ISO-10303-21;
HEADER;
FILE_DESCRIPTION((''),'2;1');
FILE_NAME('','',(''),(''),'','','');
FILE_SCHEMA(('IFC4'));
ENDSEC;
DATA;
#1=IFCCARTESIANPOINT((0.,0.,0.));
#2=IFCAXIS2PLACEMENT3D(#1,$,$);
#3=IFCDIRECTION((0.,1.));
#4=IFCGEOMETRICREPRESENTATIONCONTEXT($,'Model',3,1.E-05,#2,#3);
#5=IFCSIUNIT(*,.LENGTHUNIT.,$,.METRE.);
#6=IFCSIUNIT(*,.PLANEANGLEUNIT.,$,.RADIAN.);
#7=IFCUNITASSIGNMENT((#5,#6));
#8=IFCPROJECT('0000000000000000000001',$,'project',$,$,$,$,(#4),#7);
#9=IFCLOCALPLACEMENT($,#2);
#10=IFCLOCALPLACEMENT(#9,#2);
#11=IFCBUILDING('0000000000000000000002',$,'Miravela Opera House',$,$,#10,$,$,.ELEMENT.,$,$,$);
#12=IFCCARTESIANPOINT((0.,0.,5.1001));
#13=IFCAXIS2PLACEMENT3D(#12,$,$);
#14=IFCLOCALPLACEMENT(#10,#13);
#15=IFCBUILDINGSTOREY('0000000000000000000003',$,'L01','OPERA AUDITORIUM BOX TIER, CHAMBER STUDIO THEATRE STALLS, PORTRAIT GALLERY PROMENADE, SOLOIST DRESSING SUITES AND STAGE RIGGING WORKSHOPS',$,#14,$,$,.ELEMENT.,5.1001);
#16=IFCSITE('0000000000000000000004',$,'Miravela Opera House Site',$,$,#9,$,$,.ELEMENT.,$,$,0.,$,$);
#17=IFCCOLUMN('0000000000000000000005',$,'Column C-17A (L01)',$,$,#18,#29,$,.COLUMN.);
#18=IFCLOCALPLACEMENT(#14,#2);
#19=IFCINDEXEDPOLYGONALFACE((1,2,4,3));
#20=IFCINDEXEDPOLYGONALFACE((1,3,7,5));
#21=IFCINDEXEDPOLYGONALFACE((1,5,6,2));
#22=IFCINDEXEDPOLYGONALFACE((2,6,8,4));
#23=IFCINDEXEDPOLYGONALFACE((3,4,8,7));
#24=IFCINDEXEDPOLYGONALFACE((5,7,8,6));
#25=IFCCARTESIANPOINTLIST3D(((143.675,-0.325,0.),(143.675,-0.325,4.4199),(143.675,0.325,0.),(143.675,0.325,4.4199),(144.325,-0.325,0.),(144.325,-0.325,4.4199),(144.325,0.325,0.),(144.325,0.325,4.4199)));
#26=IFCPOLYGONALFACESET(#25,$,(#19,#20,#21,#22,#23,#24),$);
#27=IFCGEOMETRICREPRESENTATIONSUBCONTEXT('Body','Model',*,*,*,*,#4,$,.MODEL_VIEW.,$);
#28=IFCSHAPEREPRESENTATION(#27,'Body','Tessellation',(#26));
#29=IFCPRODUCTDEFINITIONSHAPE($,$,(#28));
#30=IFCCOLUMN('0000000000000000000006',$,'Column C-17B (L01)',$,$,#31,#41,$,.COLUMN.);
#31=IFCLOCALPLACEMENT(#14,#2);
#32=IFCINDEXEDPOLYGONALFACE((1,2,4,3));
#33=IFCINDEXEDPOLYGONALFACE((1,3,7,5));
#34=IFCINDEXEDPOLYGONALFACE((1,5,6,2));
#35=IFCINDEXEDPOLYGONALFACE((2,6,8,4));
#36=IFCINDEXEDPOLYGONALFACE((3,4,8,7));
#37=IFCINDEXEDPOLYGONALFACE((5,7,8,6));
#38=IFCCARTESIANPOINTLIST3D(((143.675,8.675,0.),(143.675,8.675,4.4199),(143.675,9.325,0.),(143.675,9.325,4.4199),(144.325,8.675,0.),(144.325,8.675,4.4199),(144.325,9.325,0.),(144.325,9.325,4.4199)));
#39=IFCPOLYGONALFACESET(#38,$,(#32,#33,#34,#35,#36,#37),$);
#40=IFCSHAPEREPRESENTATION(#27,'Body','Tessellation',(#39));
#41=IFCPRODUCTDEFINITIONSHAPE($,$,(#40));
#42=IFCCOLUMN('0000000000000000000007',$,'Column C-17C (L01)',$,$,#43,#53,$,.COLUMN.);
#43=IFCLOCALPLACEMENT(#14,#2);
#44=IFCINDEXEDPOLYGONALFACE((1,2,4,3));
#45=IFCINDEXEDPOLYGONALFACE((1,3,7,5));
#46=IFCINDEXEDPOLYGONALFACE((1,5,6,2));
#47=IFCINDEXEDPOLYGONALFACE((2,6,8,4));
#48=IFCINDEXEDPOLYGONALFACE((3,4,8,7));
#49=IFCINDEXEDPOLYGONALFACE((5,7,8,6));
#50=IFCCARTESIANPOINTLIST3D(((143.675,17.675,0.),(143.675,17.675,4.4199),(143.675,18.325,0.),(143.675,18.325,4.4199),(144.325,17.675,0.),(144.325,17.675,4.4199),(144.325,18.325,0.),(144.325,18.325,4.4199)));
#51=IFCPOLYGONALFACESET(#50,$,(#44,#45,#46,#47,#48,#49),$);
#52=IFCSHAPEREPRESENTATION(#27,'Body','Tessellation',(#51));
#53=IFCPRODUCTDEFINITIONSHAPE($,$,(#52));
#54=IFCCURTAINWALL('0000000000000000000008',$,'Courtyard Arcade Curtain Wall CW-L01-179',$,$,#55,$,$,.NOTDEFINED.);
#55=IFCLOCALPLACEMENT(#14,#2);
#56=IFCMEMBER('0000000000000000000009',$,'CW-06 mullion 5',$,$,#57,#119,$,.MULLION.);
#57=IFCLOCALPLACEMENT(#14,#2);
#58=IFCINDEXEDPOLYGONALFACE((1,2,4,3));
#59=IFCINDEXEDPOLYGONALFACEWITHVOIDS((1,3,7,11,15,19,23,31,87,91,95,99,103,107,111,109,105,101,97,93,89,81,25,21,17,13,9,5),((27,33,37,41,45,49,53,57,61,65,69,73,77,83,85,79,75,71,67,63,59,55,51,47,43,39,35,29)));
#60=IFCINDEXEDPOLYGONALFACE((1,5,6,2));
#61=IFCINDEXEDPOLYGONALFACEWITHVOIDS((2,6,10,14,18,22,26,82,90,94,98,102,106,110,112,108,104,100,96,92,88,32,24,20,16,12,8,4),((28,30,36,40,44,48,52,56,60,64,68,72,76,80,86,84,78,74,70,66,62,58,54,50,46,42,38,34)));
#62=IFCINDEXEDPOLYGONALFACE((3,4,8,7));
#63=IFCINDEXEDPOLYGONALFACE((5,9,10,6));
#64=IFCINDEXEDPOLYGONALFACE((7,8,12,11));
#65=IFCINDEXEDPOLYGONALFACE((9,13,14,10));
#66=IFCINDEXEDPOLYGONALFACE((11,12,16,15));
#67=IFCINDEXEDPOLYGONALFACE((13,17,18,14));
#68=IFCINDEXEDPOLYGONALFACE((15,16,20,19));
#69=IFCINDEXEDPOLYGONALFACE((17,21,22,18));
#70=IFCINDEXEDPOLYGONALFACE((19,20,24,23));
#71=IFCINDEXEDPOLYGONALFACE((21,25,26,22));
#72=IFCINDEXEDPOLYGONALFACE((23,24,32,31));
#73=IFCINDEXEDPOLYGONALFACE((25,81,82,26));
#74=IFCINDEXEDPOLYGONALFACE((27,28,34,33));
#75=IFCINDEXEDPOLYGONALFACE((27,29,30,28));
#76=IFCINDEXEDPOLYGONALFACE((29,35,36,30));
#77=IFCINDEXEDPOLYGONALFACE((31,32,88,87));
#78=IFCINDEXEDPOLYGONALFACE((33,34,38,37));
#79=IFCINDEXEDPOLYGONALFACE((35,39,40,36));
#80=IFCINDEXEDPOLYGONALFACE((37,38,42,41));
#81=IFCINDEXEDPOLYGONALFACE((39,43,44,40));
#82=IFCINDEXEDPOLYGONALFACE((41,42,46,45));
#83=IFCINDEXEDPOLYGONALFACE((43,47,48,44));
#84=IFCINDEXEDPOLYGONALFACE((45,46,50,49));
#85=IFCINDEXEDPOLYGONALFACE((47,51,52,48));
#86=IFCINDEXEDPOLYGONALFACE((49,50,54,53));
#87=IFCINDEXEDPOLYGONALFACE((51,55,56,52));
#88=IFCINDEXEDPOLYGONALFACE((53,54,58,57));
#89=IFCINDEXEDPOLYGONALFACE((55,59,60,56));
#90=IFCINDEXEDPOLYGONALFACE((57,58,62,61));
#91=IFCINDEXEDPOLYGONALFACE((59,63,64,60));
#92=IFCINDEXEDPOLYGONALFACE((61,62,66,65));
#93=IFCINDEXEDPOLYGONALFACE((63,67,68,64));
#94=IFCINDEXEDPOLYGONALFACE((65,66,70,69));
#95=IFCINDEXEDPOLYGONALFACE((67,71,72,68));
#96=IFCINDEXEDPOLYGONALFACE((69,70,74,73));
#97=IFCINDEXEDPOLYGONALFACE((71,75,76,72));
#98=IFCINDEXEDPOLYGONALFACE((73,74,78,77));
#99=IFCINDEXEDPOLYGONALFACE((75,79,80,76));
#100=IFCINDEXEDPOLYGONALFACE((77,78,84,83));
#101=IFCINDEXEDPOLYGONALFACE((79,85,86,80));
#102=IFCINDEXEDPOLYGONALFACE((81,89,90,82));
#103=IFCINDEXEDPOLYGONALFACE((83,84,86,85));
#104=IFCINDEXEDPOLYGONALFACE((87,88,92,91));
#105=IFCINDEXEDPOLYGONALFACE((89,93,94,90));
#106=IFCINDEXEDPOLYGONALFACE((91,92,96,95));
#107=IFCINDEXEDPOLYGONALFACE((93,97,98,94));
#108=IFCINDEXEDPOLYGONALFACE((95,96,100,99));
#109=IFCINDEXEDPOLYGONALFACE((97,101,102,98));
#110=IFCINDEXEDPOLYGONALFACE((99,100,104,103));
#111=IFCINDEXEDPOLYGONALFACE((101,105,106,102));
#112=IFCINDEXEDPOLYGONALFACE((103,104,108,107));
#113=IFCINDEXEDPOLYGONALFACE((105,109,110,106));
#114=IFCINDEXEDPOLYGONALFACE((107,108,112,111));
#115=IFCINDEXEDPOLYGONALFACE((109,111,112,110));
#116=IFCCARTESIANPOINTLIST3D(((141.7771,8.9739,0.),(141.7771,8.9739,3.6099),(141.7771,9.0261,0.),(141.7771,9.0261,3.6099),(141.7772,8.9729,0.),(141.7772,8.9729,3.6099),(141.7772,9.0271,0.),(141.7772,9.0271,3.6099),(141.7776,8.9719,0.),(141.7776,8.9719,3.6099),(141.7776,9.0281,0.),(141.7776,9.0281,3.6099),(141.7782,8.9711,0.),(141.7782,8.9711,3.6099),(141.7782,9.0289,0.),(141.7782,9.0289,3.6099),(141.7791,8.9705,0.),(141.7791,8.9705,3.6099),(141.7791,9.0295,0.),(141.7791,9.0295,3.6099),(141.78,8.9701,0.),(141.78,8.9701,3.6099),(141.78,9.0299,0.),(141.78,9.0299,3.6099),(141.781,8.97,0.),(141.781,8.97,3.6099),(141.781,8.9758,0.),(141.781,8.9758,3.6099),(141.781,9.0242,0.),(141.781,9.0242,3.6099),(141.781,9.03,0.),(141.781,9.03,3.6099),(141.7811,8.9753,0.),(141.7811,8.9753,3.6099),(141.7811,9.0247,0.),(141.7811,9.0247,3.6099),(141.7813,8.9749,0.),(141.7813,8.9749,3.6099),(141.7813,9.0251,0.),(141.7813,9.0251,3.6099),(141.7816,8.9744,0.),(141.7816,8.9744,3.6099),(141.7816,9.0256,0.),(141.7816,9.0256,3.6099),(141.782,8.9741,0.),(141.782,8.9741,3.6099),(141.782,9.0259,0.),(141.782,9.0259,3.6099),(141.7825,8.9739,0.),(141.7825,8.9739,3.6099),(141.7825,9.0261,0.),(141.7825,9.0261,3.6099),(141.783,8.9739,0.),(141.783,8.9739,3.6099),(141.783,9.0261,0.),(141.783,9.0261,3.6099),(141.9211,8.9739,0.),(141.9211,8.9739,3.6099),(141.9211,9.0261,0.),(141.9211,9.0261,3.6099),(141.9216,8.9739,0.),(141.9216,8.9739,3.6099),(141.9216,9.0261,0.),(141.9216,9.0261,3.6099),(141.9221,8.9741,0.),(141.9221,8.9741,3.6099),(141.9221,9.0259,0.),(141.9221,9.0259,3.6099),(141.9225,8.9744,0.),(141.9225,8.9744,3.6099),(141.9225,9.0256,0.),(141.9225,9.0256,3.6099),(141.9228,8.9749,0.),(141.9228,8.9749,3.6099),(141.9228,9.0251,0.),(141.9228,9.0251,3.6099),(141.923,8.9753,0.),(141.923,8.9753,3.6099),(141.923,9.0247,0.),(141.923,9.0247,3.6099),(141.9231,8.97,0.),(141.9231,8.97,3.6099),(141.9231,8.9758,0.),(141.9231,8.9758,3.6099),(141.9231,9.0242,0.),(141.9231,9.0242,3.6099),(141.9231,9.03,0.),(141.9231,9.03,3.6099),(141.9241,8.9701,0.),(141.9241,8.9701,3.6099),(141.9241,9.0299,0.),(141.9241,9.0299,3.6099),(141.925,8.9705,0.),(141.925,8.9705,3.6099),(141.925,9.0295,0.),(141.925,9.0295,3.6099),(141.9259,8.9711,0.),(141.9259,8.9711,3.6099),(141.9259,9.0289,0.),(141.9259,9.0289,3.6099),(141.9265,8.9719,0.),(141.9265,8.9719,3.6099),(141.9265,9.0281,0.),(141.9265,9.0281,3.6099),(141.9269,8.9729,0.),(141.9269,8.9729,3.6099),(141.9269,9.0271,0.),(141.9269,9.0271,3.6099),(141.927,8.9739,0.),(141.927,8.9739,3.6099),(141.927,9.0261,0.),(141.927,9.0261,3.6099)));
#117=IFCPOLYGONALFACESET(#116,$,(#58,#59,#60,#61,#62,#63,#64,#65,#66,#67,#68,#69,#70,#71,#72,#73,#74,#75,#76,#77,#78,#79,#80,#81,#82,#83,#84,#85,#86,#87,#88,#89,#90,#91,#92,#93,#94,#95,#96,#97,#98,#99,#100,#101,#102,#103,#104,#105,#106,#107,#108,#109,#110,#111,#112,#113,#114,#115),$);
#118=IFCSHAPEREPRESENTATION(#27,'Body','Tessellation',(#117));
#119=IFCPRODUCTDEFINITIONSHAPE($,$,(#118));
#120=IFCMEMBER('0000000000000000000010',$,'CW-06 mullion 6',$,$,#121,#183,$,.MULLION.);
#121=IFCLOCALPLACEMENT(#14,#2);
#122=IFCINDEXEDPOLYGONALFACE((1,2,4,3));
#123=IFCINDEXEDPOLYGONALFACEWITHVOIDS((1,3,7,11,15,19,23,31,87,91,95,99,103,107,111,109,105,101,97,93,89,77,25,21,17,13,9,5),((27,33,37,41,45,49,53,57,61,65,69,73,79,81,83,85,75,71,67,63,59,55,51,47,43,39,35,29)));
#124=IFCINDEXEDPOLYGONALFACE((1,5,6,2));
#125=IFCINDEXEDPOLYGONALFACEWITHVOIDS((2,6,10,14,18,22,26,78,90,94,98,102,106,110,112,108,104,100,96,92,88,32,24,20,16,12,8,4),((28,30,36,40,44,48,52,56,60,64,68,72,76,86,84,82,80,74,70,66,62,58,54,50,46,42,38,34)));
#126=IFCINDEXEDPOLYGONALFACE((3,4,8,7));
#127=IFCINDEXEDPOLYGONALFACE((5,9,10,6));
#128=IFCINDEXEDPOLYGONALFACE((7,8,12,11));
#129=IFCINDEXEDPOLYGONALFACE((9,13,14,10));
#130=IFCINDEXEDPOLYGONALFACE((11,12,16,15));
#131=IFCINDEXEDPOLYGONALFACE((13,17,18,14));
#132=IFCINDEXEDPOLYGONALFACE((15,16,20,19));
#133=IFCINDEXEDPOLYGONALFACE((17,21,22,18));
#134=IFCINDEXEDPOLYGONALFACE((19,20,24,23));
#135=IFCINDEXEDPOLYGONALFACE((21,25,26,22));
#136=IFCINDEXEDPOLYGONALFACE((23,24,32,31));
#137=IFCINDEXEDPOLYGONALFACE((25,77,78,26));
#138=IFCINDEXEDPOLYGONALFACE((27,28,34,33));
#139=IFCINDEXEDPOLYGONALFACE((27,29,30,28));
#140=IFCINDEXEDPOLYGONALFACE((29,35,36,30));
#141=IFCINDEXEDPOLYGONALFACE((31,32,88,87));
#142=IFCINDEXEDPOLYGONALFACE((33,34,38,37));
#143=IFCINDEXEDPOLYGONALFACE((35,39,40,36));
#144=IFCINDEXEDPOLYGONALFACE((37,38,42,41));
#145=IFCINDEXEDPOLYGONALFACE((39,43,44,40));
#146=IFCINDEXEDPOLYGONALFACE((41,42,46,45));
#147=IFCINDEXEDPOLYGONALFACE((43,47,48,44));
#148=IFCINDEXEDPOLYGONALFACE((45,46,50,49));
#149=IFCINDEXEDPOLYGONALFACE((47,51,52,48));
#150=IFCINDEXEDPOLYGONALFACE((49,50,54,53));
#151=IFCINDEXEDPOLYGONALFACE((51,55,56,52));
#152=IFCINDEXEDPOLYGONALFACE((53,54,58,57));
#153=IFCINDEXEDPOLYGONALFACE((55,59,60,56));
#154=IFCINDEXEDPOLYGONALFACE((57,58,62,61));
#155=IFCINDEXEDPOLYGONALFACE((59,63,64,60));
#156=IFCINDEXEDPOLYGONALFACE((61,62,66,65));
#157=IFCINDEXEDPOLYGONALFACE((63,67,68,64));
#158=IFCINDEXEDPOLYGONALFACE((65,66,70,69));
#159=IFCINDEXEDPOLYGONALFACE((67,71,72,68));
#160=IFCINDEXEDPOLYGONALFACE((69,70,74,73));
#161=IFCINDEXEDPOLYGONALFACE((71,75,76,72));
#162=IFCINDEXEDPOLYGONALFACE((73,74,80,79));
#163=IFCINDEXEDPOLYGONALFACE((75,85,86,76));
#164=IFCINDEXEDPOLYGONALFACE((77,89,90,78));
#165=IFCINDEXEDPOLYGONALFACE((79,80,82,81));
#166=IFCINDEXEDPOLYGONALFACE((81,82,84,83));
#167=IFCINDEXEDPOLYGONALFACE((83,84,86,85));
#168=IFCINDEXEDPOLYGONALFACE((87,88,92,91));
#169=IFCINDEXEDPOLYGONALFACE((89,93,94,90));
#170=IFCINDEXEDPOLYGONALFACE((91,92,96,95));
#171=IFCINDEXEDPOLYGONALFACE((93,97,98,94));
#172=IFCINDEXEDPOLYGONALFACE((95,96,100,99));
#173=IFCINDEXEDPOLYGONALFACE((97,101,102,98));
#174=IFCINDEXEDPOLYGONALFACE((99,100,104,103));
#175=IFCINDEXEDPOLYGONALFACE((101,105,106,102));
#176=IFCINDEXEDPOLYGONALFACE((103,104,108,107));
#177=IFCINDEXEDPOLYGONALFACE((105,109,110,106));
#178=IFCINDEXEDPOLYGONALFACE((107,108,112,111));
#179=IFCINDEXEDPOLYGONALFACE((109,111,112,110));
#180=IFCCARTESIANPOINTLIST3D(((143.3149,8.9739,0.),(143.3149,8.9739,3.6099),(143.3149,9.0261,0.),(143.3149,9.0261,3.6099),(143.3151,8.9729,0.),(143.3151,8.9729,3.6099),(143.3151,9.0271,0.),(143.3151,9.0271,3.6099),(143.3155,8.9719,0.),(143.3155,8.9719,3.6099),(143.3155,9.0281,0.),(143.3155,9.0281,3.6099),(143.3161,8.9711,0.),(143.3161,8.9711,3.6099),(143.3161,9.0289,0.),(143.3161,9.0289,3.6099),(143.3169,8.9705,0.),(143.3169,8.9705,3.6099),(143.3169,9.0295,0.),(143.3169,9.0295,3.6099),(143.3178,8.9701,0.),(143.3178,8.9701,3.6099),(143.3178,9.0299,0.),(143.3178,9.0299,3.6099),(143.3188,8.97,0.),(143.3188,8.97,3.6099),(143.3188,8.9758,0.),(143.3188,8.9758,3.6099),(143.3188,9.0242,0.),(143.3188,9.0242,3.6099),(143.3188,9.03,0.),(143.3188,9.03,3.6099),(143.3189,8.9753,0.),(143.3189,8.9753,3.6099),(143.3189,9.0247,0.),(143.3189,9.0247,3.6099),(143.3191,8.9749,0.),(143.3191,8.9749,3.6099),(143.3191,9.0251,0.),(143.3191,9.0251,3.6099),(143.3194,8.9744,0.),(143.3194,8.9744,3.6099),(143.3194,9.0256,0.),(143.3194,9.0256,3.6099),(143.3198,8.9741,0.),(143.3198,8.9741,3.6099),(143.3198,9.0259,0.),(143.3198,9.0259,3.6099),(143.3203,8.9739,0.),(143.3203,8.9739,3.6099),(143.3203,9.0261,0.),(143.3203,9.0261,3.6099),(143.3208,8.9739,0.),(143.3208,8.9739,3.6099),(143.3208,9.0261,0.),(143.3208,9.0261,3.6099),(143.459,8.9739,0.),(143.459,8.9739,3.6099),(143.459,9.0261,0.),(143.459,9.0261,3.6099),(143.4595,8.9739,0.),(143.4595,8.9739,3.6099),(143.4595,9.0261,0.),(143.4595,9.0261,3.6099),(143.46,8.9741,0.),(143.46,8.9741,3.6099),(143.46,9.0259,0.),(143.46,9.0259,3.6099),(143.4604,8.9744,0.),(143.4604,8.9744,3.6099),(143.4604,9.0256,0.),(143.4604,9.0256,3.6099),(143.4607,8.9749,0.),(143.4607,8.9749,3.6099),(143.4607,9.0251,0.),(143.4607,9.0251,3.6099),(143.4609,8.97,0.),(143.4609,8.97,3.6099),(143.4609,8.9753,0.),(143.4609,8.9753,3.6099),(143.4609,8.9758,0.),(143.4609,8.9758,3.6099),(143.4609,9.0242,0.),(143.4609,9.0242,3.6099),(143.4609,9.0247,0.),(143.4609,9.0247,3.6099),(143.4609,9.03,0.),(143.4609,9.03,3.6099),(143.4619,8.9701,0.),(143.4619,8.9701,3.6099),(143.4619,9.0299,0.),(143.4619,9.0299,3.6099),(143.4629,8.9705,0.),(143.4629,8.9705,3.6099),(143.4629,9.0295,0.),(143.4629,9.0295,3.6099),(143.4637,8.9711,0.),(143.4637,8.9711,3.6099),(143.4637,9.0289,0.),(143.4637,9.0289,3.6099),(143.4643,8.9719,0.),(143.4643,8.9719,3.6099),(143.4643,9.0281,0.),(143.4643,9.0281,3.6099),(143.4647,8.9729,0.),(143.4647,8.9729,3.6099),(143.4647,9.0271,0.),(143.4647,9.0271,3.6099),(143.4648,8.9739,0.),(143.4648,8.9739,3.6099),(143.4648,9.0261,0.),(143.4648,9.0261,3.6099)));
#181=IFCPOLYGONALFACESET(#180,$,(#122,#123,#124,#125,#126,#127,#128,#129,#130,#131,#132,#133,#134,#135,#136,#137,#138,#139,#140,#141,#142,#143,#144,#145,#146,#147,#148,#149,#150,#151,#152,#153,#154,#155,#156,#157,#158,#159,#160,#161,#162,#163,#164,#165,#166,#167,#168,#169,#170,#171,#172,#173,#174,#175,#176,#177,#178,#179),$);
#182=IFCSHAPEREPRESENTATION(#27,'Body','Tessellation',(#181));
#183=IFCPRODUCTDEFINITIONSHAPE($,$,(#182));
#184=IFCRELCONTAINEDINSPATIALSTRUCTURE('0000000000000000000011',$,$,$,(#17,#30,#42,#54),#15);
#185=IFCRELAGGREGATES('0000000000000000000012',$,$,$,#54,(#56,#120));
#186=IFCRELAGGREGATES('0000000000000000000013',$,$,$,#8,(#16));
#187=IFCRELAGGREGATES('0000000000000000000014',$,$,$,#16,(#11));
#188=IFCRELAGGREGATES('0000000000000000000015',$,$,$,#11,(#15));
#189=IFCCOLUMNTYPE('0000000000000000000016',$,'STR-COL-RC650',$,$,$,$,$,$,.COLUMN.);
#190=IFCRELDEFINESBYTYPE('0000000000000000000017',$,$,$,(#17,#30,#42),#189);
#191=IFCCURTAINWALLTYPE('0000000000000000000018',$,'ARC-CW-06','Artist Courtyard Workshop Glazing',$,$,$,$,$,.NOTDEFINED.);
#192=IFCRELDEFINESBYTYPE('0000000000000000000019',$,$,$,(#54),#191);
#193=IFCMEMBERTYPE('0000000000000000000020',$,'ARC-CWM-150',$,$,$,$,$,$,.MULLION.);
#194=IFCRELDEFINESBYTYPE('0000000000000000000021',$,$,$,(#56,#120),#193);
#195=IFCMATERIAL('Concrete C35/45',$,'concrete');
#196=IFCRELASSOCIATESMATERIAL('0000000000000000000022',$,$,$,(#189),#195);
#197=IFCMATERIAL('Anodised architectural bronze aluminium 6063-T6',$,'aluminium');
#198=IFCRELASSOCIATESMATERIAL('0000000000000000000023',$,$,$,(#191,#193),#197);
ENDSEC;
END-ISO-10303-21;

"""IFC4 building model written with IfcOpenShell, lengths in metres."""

from ifc_helpers import new_model, si_unit, direction, frame, origin, origin_2d, place, context, subcontext, project, spatial, rectangle, hollow_rectangle, extrude, material, material_profile, profile_set, type_object, element, aggregate, save


model = new_model("IFC4")

# Units and contexts
model_context = context("Model", 3, precision=1e-05, world=origin(), true_north=direction((0.0, 1.0)))
body_context = subcontext(model_context, "Body", "Model", "MODEL_VIEW")
ifc_project = project(units=[si_unit("LENGTHUNIT", "METRE"), si_unit("PLANEANGLEUNIT", "RADIAN")], contexts=[model_context])

# Site, building, storey
site_placement = place(None, origin())
site = spatial("IfcSite", under=ifc_project, at=site_placement, Name="Miravela Opera House Site", CompositionType="ELEMENT", RefElevation=0.0)
building_placement = place(site_placement, origin())
building = spatial("IfcBuilding", under=site, at=building_placement, Name="Miravela Opera House", CompositionType="ELEMENT")
storey_placement = place(building_placement, frame((0.0, 0.0, 5.1001)))
storey = spatial("IfcBuildingStorey", under=building, at=storey_placement, Name="L01", Description="OPERA AUDITORIUM BOX TIER, CHAMBER STUDIO THEATRE STALLS, PORTRAIT GALLERY PROMENADE, SOLOIST DRESSING SUITES AND STAGE RIGGING WORKSHOPS", CompositionType="ELEMENT", Elevation=5.1001)

# Columns
ifc_material_1 = material(Name="Concrete C35/45", Category="concrete")
ifc_material_profile_1 = material_profile(ifc_material_1, rectangle(XDim=0.6499, YDim=0.6499, at=origin_2d()), Name="RC-COL-650X650")
ifc_profile_set_1 = profile_set([ifc_material_profile_1])
column_type = type_object("IfcColumnType", Name="STR-COL-RC650", PredefinedType="COLUMN", material=ifc_profile_set_1)
for number, where, z_axis, x_axis, name in (
    (1, (144.0, 0.0, 0.0), (0.0, 0.0, 1.0), (1.0, 0.0, 0.0), "Column C-17A (L01)"),
    (2, (144.0, 9.0, 0.0), (0.0, 0.0, 1.0), (1.0, 0.0, 0.0), "Column C-17B (L01)"),
    (3, (144.0, 18.0, 0.0), (0.0, 0.0, 1.0), (1.0, 0.0, 0.0), "Column C-17C (L01)"),
):
    element("IfcColumn", number, at=place(storey_placement, frame(where, z_axis=z_axis, x_axis=x_axis)), inside=storey, type_object=column_type, Name=name, PredefinedType="COLUMN", context=body_context, shape_type="SweptSolid", body=[
        extrude(rectangle(XDim=0.6499, YDim=0.6499, at=origin_2d()), origin(), (0.0, 0.0, 1.0), 4.4199),
    ])

# Curtain wall, members
ifc_material_2 = material(Name="Anodised architectural bronze aluminium 6063-T6", Category="aluminium")
curtain_wall_type = type_object("IfcCurtainWallType", Name="ARC-CW-06", Description="Artist Courtyard Workshop Glazing", PredefinedType="NOTDEFINED", material=ifc_material_2)
curtain_wall_placement = place(storey_placement, origin())
curtain_wall = element("IfcCurtainWall", 4, at=curtain_wall_placement, inside=storey, type_object=curtain_wall_type, Name="Courtyard Arcade Curtain Wall CW-L01-179", PredefinedType="NOTDEFINED")
ifc_material_profile_2 = material_profile(ifc_material_2, hollow_rectangle(XDim=0.0601, YDim=0.1499, WallThickness=0.0039, InnerFilletRadius=0.002, OuterFilletRadius=0.0039, at=origin_2d()), Name="CWM-60X150")
ifc_profile_set_2 = profile_set([ifc_material_profile_2])
member_type_1 = type_object("IfcMemberType", Name="ARC-CWM-150", PredefinedType="MULLION", material=ifc_profile_set_2)
member_1_placement = place(storey_placement, frame((141.8521, 9.0, 0.0), z_axis=(0.0, 0.0, 1.0), x_axis=(0.0, 1.0, 0.0)))
member_1 = element("IfcMember", 5, at=member_1_placement, type_object=member_type_1, Name="CW-06 mullion 5", PredefinedType="MULLION", context=body_context, shape_type="SweptSolid", body=[
    extrude(hollow_rectangle(XDim=0.0601, YDim=0.1499, WallThickness=0.0039, InnerFilletRadius=0.002, OuterFilletRadius=0.0039, at=origin_2d()), origin(), (0.0, 0.0, 1.0), 3.6099),
])
member_2_placement = place(storey_placement, frame((143.3899, 9.0, 0.0), z_axis=(0.0, 0.0, 1.0), x_axis=(0.0, 1.0, 0.0)))
member_2 = element("IfcMember", 6, at=member_2_placement, type_object=member_type_1, Name="CW-06 mullion 6", PredefinedType="MULLION", context=body_context, shape_type="SweptSolid", body=[
    extrude(hollow_rectangle(XDim=0.0601, YDim=0.1499, WallThickness=0.0039, InnerFilletRadius=0.002, OuterFilletRadius=0.0039, at=origin_2d()), origin(), (0.0, 0.0, 1.0), 3.6099),
])

aggregate(curtain_wall, [member_1, member_2])

save(model, "model.ifc")
